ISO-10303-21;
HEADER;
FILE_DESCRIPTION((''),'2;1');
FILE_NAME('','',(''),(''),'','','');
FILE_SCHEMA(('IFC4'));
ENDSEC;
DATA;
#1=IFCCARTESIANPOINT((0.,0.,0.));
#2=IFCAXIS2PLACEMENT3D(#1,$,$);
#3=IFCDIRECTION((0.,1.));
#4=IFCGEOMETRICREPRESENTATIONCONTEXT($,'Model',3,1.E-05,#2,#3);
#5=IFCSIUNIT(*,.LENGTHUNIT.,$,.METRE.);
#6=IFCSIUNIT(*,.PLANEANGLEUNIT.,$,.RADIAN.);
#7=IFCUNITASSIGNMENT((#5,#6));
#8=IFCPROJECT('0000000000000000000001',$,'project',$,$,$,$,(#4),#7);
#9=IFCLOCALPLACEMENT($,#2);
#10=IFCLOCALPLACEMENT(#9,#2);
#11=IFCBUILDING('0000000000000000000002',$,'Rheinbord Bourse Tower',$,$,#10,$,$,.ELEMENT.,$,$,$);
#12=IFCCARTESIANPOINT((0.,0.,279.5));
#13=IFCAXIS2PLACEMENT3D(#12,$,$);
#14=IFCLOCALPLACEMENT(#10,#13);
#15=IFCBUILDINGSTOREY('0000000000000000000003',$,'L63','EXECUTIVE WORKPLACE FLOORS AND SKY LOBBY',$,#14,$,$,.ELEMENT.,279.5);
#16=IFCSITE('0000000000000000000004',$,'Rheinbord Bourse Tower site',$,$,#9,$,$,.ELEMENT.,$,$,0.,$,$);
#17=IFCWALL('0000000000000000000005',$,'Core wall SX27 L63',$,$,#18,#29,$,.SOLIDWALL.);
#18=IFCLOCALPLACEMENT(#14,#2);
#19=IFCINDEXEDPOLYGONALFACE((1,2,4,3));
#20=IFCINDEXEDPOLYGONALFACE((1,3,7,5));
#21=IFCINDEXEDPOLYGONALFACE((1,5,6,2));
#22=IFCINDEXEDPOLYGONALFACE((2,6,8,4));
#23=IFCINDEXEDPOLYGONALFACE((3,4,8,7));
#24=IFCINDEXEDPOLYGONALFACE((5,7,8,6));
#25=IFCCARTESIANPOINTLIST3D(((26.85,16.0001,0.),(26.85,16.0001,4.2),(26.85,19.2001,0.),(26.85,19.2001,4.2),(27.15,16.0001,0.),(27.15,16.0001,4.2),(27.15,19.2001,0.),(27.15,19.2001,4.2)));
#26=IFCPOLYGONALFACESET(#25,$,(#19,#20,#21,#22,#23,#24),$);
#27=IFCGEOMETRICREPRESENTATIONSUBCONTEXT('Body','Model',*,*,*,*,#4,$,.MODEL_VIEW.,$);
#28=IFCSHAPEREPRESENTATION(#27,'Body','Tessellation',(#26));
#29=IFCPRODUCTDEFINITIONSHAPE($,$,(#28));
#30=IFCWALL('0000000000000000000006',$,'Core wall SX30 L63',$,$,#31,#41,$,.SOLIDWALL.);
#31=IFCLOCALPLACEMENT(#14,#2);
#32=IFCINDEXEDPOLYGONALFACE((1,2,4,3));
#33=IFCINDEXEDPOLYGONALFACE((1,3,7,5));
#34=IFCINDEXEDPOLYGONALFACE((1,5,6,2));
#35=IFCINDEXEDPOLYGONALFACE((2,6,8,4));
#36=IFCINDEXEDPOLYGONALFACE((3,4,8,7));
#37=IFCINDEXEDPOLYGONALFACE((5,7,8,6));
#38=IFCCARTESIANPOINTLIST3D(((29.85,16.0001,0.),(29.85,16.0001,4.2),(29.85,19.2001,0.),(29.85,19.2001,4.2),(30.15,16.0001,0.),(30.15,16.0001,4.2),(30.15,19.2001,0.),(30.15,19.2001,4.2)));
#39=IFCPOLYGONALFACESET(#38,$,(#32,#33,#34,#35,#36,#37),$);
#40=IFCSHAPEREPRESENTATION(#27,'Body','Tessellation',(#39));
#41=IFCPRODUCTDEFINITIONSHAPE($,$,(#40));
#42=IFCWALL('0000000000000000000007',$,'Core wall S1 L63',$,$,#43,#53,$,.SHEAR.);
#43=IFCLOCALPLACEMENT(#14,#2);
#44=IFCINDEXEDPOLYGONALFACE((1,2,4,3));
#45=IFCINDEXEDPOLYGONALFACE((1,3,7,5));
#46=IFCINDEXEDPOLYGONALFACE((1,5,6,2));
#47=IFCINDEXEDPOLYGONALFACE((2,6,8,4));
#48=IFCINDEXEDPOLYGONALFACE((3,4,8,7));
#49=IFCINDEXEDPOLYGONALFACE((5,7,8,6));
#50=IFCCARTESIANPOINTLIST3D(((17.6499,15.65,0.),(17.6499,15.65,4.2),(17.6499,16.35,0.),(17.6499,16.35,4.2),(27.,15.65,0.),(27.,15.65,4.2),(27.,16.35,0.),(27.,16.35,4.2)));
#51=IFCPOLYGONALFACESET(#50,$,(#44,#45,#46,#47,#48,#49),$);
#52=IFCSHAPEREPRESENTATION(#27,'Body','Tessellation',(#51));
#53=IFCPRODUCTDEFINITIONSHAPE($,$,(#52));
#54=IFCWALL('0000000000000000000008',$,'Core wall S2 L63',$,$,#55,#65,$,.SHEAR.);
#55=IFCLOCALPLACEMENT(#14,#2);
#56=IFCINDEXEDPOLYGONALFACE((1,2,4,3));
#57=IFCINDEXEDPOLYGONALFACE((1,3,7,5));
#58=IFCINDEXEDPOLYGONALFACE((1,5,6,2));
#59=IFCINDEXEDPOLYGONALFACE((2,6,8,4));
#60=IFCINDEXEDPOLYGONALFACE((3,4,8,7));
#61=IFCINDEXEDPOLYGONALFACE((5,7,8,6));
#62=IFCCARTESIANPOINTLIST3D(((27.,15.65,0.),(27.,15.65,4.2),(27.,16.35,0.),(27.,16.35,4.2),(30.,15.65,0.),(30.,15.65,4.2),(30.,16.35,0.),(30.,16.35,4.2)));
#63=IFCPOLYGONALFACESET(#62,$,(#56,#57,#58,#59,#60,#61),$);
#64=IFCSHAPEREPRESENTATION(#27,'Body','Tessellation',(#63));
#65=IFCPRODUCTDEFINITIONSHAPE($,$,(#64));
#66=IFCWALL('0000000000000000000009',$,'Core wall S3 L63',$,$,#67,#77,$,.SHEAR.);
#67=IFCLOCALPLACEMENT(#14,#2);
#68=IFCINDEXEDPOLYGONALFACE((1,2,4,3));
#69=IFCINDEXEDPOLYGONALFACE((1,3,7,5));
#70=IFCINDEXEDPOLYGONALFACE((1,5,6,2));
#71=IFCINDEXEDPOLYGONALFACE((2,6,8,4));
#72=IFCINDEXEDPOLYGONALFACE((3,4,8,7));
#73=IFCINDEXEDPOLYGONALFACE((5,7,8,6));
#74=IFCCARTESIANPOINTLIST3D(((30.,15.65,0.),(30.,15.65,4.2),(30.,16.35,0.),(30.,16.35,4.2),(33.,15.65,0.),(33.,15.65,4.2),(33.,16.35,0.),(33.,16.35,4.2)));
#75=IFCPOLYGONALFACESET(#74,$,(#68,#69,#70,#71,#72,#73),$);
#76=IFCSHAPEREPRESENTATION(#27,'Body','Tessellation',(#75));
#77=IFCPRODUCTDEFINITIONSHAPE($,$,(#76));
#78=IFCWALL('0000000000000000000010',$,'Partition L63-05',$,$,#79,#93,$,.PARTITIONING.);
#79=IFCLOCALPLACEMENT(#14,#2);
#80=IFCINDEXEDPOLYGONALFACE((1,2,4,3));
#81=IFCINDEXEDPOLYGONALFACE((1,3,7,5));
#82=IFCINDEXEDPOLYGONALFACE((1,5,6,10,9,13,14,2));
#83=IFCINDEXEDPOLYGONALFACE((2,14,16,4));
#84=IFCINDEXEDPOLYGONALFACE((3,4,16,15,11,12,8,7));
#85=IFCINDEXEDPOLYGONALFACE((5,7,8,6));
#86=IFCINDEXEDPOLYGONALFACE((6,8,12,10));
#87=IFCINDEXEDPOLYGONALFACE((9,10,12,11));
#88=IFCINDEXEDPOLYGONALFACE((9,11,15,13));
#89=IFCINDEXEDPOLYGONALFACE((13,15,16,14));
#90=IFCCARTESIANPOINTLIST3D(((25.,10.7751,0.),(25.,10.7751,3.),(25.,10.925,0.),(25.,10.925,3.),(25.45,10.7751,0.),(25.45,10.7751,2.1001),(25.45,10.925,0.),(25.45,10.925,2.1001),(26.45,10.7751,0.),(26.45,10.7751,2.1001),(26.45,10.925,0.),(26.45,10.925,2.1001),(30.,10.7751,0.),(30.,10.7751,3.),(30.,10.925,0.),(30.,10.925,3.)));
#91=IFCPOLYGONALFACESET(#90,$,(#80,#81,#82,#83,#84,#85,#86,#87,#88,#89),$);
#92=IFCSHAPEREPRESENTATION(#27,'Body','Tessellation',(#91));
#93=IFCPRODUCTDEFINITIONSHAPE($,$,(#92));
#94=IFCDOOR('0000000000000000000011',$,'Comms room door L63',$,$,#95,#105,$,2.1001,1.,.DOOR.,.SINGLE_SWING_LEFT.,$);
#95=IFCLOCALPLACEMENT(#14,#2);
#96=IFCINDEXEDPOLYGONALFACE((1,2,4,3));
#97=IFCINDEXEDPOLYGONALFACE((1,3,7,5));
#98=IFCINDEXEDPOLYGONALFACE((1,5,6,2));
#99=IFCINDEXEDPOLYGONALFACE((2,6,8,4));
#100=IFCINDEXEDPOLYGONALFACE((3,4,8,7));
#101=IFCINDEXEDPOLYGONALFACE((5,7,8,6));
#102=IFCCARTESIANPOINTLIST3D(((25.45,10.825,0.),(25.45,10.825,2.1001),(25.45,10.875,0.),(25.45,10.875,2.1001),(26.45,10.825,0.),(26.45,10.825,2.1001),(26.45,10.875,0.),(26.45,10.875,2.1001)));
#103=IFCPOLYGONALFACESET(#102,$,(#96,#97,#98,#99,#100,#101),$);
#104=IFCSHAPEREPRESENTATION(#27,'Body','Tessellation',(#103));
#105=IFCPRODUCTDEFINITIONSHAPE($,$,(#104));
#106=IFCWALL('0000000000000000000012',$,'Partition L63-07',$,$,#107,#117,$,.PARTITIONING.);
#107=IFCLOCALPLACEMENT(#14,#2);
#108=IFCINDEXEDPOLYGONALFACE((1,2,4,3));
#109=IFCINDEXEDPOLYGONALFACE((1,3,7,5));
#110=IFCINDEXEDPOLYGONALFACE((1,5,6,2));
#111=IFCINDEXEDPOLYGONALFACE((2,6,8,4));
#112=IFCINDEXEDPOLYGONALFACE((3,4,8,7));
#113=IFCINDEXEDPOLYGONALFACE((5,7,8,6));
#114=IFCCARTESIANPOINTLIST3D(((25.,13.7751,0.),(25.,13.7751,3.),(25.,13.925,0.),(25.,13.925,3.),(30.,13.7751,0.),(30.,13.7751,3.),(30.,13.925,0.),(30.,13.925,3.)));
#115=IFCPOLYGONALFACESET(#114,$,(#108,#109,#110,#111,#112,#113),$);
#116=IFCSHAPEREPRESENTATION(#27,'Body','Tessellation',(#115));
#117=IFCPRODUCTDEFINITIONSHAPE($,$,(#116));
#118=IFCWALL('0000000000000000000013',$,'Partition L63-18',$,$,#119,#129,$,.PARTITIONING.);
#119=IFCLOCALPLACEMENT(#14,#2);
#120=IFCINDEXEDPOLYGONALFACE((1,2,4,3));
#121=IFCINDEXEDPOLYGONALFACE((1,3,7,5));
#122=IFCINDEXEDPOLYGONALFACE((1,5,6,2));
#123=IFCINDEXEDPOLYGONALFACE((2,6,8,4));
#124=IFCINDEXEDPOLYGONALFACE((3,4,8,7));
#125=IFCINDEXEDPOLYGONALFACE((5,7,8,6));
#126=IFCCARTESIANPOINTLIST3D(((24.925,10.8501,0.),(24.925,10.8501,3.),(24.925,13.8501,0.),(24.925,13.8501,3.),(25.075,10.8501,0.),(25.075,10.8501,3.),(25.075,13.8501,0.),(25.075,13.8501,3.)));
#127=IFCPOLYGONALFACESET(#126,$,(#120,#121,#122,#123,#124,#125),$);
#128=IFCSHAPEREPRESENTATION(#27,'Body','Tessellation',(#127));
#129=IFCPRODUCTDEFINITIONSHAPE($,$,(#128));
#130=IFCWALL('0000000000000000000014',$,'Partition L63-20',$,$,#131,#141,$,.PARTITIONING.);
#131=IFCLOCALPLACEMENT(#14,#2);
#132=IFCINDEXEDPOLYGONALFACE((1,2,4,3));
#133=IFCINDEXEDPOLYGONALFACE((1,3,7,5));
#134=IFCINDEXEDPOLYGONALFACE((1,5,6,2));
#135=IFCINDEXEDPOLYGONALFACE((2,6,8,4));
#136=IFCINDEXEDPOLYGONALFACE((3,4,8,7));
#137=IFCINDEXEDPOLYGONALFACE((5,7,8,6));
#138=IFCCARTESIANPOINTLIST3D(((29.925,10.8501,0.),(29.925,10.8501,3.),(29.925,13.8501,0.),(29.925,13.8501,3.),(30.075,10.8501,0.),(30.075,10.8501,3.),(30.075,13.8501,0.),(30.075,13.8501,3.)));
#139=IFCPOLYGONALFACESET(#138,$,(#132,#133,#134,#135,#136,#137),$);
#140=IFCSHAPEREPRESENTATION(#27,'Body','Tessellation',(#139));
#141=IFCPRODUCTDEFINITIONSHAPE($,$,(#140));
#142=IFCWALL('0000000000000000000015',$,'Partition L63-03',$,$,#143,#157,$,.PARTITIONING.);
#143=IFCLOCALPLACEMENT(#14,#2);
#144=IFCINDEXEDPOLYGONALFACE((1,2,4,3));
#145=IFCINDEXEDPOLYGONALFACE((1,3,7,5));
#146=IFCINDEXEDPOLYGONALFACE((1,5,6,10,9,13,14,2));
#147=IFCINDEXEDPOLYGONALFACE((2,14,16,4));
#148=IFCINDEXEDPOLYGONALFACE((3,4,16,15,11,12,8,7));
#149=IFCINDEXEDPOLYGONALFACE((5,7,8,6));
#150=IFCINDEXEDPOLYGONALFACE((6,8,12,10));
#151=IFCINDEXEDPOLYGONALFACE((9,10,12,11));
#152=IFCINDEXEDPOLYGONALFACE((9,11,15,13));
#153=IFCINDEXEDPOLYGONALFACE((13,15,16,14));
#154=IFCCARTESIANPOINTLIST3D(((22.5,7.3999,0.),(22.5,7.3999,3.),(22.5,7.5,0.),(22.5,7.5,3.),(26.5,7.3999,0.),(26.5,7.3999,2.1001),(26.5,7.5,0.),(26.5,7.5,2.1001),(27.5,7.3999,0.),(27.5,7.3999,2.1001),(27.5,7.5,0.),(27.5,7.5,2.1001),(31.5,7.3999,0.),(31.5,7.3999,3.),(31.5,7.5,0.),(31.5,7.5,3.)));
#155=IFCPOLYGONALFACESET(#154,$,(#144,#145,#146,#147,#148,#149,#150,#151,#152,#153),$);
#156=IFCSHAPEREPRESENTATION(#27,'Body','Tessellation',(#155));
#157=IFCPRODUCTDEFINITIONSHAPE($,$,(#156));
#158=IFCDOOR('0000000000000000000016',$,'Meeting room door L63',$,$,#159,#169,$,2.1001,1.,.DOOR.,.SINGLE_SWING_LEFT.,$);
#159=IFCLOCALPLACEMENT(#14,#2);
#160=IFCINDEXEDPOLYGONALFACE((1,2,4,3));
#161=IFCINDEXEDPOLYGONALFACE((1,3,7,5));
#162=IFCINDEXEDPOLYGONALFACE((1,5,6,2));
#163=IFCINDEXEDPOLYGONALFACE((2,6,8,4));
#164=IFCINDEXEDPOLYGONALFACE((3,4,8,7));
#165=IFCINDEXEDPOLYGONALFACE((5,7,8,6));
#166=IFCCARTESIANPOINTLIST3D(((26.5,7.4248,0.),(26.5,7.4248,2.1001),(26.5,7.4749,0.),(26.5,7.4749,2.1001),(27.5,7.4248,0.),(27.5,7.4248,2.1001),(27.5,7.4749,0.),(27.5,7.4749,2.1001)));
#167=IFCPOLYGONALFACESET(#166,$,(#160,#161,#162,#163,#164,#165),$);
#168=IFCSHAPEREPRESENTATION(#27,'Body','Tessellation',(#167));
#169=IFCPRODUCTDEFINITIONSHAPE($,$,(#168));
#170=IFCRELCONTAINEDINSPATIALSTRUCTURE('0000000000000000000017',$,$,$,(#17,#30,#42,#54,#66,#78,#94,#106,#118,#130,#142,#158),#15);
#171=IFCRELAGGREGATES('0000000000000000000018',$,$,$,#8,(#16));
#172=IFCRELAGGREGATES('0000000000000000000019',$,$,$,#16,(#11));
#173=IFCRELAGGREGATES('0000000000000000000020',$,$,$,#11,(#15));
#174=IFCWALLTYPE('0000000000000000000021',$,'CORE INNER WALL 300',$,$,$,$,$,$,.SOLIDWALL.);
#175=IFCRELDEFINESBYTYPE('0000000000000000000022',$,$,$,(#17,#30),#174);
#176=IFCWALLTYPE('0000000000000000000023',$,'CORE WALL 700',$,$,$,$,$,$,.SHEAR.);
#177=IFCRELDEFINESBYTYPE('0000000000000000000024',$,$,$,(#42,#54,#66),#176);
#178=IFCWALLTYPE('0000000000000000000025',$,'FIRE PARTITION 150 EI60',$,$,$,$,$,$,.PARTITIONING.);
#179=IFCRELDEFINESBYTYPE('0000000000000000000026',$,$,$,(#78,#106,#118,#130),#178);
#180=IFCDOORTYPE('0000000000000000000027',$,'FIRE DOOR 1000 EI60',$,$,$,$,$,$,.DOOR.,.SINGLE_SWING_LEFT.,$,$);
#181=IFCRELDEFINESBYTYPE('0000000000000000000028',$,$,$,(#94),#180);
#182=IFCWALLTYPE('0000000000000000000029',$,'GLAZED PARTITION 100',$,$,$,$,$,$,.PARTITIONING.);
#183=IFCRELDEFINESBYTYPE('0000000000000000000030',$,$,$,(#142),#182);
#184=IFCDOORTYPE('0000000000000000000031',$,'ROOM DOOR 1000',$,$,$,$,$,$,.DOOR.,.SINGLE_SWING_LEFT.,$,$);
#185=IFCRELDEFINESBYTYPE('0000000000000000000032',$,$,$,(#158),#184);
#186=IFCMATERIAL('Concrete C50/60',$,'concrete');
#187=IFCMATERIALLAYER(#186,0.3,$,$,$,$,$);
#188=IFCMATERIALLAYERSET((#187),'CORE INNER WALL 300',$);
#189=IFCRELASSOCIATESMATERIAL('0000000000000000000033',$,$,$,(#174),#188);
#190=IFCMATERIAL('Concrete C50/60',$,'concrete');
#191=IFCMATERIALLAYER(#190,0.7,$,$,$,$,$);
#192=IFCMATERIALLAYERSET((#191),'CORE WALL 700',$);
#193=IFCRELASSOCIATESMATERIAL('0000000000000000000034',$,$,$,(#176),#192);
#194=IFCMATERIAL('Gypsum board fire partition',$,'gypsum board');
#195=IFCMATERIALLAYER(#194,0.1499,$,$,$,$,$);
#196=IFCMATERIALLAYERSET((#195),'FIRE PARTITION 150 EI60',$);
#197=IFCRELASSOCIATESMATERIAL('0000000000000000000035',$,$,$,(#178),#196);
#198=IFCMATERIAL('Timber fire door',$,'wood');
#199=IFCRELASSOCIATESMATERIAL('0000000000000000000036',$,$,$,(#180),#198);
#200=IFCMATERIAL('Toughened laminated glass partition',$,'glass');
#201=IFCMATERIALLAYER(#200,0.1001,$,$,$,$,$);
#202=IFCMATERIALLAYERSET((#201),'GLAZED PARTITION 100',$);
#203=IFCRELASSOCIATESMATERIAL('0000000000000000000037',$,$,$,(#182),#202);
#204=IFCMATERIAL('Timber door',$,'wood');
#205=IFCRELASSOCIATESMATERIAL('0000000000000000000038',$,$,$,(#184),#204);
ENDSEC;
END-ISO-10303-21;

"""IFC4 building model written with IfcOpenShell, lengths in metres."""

from ifc_helpers import new_model, si_unit, direction, frame, frame_2d, origin, place, context, subcontext, project, spatial, rectangle, extrude, material, layer, layer_set, type_object, element, fill, save


model = new_model("IFC4")

# Units and contexts
model_context = context("Model", 3, precision=1e-05, world=origin(), true_north=direction((0.0, 1.0)))
body_context = subcontext(model_context, "Body", "Model", "MODEL_VIEW")
ifc_project = project(units=[si_unit("LENGTHUNIT", "METRE"), si_unit("PLANEANGLEUNIT", "RADIAN")], contexts=[model_context])

# Site, building, storey
site_placement = place(None, origin())
site = spatial("IfcSite", under=ifc_project, at=site_placement, Name="Rheinbord Bourse Tower site", CompositionType="ELEMENT", RefElevation=0.0)
building_placement = place(site_placement, origin())
building = spatial("IfcBuilding", under=site, at=building_placement, Name="Rheinbord Bourse Tower", CompositionType="ELEMENT")
storey_placement = place(building_placement, frame((0.0, 0.0, 279.5)))
storey = spatial("IfcBuildingStorey", under=building, at=storey_placement, Name="L63", Description="EXECUTIVE WORKPLACE FLOORS AND SKY LOBBY", CompositionType="ELEMENT", Elevation=279.5)

# Walls
ifc_material_1 = material(Name="Concrete C50/60", Category="concrete")
ifc_layer_1 = layer(ifc_material_1, 0.3)
ifc_layer_set_1 = layer_set([ifc_layer_1], Name="CORE INNER WALL 300")
wall_type_1 = type_object("IfcWallType", Name="CORE INNER WALL 300", PredefinedType="SOLIDWALL", material=ifc_layer_set_1)
for number, where, z_axis, x_axis, name in (
    (1, (27.0, 16.0, 0.0), (0.0, 0.0, 1.0), (0.0, 1.0, 0.0), "Core wall SX27 L63"),
    (2, (30.0, 16.0, 0.0), (0.0, 0.0, 1.0), (0.0, 1.0, 0.0), "Core wall SX30 L63"),
):
    element("IfcWall", number, at=place(storey_placement, frame(where, z_axis=z_axis, x_axis=x_axis)), inside=storey, type_object=wall_type_1, Name=name, PredefinedType="SOLIDWALL", context=body_context, shape_type="SweptSolid", body=[
        extrude(rectangle(XDim=3.2, YDim=0.3, at=frame_2d((1.6001, 0.0))), origin(), (0.0, 0.0, 1.0), 4.2),
    ])
ifc_material_2 = material(Name="Concrete C50/60", Category="concrete")
ifc_layer_2 = layer(ifc_material_2, 0.7)
ifc_layer_set_2 = layer_set([ifc_layer_2], Name="CORE WALL 700")
wall_type_2 = type_object("IfcWallType", Name="CORE WALL 700", PredefinedType="SHEAR", material=ifc_layer_set_2)
wall_1_placement = place(storey_placement, frame((17.6499, 16.0, 0.0), z_axis=(0.0, 0.0, 1.0), x_axis=(1.0, 0.0, 0.0)))
element("IfcWall", 3, at=wall_1_placement, inside=storey, type_object=wall_type_2, Name="Core wall S1 L63", PredefinedType="SHEAR", context=body_context, shape_type="SweptSolid", body=[
    extrude(rectangle(XDim=9.3501, YDim=0.7, at=frame_2d((4.675, 0.0))), origin(), (0.0, 0.0, 1.0), 4.2),
])
for number, where, z_axis, x_axis, name in (
    (4, (27.0, 16.0, 0.0), (0.0, 0.0, 1.0), (1.0, 0.0, 0.0), "Core wall S2 L63"),
    (5, (30.0, 16.0, 0.0), (0.0, 0.0, 1.0), (1.0, 0.0, 0.0), "Core wall S3 L63"),
):
    element("IfcWall", number, at=place(storey_placement, frame(where, z_axis=z_axis, x_axis=x_axis)), inside=storey, type_object=wall_type_2, Name=name, PredefinedType="SHEAR", context=body_context, shape_type="SweptSolid", body=[
        extrude(rectangle(XDim=3.0, YDim=0.7, at=frame_2d((1.5, 0.0))), origin(), (0.0, 0.0, 1.0), 4.2),
    ])

# Wall, opening, door
ifc_material_3 = material(Name="Gypsum board fire partition", Category="gypsum board")
ifc_layer_3 = layer(ifc_material_3, 0.1499)
ifc_layer_set_3 = layer_set([ifc_layer_3], Name="FIRE PARTITION 150 EI60")
wall_type_3 = type_object("IfcWallType", Name="FIRE PARTITION 150 EI60", PredefinedType="PARTITIONING", material=ifc_layer_set_3)
wall_2_placement = place(storey_placement, frame((25.0, 10.8501, 0.0), z_axis=(0.0, 0.0, 1.0), x_axis=(1.0, 0.0, 0.0)))
wall_2 = element("IfcWall", 6, at=wall_2_placement, inside=storey, type_object=wall_type_3, Name="Partition L63-05", PredefinedType="PARTITIONING", context=body_context, shape_type="SweptSolid", body=[
    extrude(rectangle(XDim=5.0, YDim=0.1499, at=frame_2d((2.5, 0.0))), origin(), (0.0, 0.0, 1.0), 3.0),
])
opening_1_placement = place(wall_2_placement, frame((0.45, 0.0, 0.0)))
opening_1 = element("IfcOpeningElement", 7, at=opening_1_placement, cuts=wall_2, PredefinedType="OPENING", context=body_context, shape_type="SweptSolid", body=[
    extrude(rectangle(XDim=1.0, YDim=2.1001, at=frame_2d((0.5, 1.05))), frame((0.0, 0.085, 0.0), z_axis=(0.0, -1.0, 0.0), x_axis=(1.0, 0.0, 0.0)), (0.0, 0.0, 1.0), 0.1699),
])
ifc_material_4 = material(Name="Timber fire door", Category="wood")
door_type_1 = type_object("IfcDoorType", Name="FIRE DOOR 1000 EI60", OperationType="SINGLE_SWING_LEFT", PredefinedType="DOOR", material=ifc_material_4)
door_1_placement = place(opening_1_placement, origin())
door_1 = element("IfcDoor", 8, at=door_1_placement, inside=storey, type_object=door_type_1, Name="Comms room door L63", OperationType="SINGLE_SWING_LEFT", OverallHeight=2.1001, OverallWidth=1.0, PredefinedType="DOOR", context=body_context, shape_type="SweptSolid", body=[
    extrude(rectangle(XDim=1.0, YDim=2.1001, at=frame_2d((0.5, 1.05))), frame((0.0, 0.0249, 0.0), z_axis=(0.0, -1.0, 0.0), x_axis=(1.0, 0.0, 0.0)), (0.0, 0.0, 1.0), 0.05),
])
fill(opening_1, door_1)

# Walls
wall_3_placement = place(storey_placement, frame((25.0, 13.8501, 0.0), z_axis=(0.0, 0.0, 1.0), x_axis=(1.0, 0.0, 0.0)))
element("IfcWall", 9, at=wall_3_placement, inside=storey, type_object=wall_type_3, Name="Partition L63-07", PredefinedType="PARTITIONING", context=body_context, shape_type="SweptSolid", body=[
    extrude(rectangle(XDim=5.0, YDim=0.1499, at=frame_2d((2.5, 0.0))), origin(), (0.0, 0.0, 1.0), 3.0),
])
for number, where, z_axis, x_axis, name in (
    (10, (25.0, 10.8501, 0.0), (0.0, 0.0, 1.0), (0.0, 1.0, 0.0), "Partition L63-18"),
    (11, (30.0, 10.8501, 0.0), (0.0, 0.0, 1.0), (0.0, 1.0, 0.0), "Partition L63-20"),
):
    element("IfcWall", number, at=place(storey_placement, frame(where, z_axis=z_axis, x_axis=x_axis)), inside=storey, type_object=wall_type_3, Name=name, PredefinedType="PARTITIONING", context=body_context, shape_type="SweptSolid", body=[
        extrude(rectangle(XDim=3.0, YDim=0.1499, at=frame_2d((1.5, 0.0))), origin(), (0.0, 0.0, 1.0), 3.0),
    ])

# Wall, opening, door
ifc_material_5 = material(Name="Toughened laminated glass partition", Category="glass")
ifc_layer_4 = layer(ifc_material_5, 0.1001)
ifc_layer_set_4 = layer_set([ifc_layer_4], Name="GLAZED PARTITION 100")
wall_type_4 = type_object("IfcWallType", Name="GLAZED PARTITION 100", PredefinedType="PARTITIONING", material=ifc_layer_set_4)
wall_4_placement = place(storey_placement, frame((22.5, 7.45, 0.0), z_axis=(0.0, 0.0, 1.0), x_axis=(1.0, 0.0, 0.0)))
wall_4 = element("IfcWall", 12, at=wall_4_placement, inside=storey, type_object=wall_type_4, Name="Partition L63-03", PredefinedType="PARTITIONING", context=body_context, shape_type="SweptSolid", body=[
    extrude(rectangle(XDim=9.0, YDim=0.1001, at=frame_2d((4.5, 0.0))), origin(), (0.0, 0.0, 1.0), 3.0),
])
opening_2_placement = place(wall_4_placement, frame((4.0, 0.0, 0.0)))
opening_2 = element("IfcOpeningElement", 13, at=opening_2_placement, cuts=wall_4, PredefinedType="OPENING", context=body_context, shape_type="SweptSolid", body=[
    extrude(rectangle(XDim=1.0, YDim=2.1001, at=frame_2d((0.5, 1.05))), frame((0.0, 0.0601, 0.0), z_axis=(0.0, -1.0, 0.0), x_axis=(1.0, 0.0, 0.0)), (0.0, 0.0, 1.0), 0.1201),
])
ifc_material_6 = material(Name="Timber door", Category="wood")
door_type_2 = type_object("IfcDoorType", Name="ROOM DOOR 1000", OperationType="SINGLE_SWING_LEFT", PredefinedType="DOOR", material=ifc_material_6)
door_2_placement = place(opening_2_placement, origin())
door_2 = element("IfcDoor", 14, at=door_2_placement, inside=storey, type_object=door_type_2, Name="Meeting room door L63", OperationType="SINGLE_SWING_LEFT", OverallHeight=2.1001, OverallWidth=1.0, PredefinedType="DOOR", context=body_context, shape_type="SweptSolid", body=[
    extrude(rectangle(XDim=1.0, YDim=2.1001, at=frame_2d((0.5, 1.05))), frame((0.0, 0.0249, 0.0), z_axis=(0.0, -1.0, 0.0), x_axis=(1.0, 0.0, 0.0)), (0.0, 0.0, 1.0), 0.05),
])
fill(opening_2, door_2)

save(model, "model.ifc")
